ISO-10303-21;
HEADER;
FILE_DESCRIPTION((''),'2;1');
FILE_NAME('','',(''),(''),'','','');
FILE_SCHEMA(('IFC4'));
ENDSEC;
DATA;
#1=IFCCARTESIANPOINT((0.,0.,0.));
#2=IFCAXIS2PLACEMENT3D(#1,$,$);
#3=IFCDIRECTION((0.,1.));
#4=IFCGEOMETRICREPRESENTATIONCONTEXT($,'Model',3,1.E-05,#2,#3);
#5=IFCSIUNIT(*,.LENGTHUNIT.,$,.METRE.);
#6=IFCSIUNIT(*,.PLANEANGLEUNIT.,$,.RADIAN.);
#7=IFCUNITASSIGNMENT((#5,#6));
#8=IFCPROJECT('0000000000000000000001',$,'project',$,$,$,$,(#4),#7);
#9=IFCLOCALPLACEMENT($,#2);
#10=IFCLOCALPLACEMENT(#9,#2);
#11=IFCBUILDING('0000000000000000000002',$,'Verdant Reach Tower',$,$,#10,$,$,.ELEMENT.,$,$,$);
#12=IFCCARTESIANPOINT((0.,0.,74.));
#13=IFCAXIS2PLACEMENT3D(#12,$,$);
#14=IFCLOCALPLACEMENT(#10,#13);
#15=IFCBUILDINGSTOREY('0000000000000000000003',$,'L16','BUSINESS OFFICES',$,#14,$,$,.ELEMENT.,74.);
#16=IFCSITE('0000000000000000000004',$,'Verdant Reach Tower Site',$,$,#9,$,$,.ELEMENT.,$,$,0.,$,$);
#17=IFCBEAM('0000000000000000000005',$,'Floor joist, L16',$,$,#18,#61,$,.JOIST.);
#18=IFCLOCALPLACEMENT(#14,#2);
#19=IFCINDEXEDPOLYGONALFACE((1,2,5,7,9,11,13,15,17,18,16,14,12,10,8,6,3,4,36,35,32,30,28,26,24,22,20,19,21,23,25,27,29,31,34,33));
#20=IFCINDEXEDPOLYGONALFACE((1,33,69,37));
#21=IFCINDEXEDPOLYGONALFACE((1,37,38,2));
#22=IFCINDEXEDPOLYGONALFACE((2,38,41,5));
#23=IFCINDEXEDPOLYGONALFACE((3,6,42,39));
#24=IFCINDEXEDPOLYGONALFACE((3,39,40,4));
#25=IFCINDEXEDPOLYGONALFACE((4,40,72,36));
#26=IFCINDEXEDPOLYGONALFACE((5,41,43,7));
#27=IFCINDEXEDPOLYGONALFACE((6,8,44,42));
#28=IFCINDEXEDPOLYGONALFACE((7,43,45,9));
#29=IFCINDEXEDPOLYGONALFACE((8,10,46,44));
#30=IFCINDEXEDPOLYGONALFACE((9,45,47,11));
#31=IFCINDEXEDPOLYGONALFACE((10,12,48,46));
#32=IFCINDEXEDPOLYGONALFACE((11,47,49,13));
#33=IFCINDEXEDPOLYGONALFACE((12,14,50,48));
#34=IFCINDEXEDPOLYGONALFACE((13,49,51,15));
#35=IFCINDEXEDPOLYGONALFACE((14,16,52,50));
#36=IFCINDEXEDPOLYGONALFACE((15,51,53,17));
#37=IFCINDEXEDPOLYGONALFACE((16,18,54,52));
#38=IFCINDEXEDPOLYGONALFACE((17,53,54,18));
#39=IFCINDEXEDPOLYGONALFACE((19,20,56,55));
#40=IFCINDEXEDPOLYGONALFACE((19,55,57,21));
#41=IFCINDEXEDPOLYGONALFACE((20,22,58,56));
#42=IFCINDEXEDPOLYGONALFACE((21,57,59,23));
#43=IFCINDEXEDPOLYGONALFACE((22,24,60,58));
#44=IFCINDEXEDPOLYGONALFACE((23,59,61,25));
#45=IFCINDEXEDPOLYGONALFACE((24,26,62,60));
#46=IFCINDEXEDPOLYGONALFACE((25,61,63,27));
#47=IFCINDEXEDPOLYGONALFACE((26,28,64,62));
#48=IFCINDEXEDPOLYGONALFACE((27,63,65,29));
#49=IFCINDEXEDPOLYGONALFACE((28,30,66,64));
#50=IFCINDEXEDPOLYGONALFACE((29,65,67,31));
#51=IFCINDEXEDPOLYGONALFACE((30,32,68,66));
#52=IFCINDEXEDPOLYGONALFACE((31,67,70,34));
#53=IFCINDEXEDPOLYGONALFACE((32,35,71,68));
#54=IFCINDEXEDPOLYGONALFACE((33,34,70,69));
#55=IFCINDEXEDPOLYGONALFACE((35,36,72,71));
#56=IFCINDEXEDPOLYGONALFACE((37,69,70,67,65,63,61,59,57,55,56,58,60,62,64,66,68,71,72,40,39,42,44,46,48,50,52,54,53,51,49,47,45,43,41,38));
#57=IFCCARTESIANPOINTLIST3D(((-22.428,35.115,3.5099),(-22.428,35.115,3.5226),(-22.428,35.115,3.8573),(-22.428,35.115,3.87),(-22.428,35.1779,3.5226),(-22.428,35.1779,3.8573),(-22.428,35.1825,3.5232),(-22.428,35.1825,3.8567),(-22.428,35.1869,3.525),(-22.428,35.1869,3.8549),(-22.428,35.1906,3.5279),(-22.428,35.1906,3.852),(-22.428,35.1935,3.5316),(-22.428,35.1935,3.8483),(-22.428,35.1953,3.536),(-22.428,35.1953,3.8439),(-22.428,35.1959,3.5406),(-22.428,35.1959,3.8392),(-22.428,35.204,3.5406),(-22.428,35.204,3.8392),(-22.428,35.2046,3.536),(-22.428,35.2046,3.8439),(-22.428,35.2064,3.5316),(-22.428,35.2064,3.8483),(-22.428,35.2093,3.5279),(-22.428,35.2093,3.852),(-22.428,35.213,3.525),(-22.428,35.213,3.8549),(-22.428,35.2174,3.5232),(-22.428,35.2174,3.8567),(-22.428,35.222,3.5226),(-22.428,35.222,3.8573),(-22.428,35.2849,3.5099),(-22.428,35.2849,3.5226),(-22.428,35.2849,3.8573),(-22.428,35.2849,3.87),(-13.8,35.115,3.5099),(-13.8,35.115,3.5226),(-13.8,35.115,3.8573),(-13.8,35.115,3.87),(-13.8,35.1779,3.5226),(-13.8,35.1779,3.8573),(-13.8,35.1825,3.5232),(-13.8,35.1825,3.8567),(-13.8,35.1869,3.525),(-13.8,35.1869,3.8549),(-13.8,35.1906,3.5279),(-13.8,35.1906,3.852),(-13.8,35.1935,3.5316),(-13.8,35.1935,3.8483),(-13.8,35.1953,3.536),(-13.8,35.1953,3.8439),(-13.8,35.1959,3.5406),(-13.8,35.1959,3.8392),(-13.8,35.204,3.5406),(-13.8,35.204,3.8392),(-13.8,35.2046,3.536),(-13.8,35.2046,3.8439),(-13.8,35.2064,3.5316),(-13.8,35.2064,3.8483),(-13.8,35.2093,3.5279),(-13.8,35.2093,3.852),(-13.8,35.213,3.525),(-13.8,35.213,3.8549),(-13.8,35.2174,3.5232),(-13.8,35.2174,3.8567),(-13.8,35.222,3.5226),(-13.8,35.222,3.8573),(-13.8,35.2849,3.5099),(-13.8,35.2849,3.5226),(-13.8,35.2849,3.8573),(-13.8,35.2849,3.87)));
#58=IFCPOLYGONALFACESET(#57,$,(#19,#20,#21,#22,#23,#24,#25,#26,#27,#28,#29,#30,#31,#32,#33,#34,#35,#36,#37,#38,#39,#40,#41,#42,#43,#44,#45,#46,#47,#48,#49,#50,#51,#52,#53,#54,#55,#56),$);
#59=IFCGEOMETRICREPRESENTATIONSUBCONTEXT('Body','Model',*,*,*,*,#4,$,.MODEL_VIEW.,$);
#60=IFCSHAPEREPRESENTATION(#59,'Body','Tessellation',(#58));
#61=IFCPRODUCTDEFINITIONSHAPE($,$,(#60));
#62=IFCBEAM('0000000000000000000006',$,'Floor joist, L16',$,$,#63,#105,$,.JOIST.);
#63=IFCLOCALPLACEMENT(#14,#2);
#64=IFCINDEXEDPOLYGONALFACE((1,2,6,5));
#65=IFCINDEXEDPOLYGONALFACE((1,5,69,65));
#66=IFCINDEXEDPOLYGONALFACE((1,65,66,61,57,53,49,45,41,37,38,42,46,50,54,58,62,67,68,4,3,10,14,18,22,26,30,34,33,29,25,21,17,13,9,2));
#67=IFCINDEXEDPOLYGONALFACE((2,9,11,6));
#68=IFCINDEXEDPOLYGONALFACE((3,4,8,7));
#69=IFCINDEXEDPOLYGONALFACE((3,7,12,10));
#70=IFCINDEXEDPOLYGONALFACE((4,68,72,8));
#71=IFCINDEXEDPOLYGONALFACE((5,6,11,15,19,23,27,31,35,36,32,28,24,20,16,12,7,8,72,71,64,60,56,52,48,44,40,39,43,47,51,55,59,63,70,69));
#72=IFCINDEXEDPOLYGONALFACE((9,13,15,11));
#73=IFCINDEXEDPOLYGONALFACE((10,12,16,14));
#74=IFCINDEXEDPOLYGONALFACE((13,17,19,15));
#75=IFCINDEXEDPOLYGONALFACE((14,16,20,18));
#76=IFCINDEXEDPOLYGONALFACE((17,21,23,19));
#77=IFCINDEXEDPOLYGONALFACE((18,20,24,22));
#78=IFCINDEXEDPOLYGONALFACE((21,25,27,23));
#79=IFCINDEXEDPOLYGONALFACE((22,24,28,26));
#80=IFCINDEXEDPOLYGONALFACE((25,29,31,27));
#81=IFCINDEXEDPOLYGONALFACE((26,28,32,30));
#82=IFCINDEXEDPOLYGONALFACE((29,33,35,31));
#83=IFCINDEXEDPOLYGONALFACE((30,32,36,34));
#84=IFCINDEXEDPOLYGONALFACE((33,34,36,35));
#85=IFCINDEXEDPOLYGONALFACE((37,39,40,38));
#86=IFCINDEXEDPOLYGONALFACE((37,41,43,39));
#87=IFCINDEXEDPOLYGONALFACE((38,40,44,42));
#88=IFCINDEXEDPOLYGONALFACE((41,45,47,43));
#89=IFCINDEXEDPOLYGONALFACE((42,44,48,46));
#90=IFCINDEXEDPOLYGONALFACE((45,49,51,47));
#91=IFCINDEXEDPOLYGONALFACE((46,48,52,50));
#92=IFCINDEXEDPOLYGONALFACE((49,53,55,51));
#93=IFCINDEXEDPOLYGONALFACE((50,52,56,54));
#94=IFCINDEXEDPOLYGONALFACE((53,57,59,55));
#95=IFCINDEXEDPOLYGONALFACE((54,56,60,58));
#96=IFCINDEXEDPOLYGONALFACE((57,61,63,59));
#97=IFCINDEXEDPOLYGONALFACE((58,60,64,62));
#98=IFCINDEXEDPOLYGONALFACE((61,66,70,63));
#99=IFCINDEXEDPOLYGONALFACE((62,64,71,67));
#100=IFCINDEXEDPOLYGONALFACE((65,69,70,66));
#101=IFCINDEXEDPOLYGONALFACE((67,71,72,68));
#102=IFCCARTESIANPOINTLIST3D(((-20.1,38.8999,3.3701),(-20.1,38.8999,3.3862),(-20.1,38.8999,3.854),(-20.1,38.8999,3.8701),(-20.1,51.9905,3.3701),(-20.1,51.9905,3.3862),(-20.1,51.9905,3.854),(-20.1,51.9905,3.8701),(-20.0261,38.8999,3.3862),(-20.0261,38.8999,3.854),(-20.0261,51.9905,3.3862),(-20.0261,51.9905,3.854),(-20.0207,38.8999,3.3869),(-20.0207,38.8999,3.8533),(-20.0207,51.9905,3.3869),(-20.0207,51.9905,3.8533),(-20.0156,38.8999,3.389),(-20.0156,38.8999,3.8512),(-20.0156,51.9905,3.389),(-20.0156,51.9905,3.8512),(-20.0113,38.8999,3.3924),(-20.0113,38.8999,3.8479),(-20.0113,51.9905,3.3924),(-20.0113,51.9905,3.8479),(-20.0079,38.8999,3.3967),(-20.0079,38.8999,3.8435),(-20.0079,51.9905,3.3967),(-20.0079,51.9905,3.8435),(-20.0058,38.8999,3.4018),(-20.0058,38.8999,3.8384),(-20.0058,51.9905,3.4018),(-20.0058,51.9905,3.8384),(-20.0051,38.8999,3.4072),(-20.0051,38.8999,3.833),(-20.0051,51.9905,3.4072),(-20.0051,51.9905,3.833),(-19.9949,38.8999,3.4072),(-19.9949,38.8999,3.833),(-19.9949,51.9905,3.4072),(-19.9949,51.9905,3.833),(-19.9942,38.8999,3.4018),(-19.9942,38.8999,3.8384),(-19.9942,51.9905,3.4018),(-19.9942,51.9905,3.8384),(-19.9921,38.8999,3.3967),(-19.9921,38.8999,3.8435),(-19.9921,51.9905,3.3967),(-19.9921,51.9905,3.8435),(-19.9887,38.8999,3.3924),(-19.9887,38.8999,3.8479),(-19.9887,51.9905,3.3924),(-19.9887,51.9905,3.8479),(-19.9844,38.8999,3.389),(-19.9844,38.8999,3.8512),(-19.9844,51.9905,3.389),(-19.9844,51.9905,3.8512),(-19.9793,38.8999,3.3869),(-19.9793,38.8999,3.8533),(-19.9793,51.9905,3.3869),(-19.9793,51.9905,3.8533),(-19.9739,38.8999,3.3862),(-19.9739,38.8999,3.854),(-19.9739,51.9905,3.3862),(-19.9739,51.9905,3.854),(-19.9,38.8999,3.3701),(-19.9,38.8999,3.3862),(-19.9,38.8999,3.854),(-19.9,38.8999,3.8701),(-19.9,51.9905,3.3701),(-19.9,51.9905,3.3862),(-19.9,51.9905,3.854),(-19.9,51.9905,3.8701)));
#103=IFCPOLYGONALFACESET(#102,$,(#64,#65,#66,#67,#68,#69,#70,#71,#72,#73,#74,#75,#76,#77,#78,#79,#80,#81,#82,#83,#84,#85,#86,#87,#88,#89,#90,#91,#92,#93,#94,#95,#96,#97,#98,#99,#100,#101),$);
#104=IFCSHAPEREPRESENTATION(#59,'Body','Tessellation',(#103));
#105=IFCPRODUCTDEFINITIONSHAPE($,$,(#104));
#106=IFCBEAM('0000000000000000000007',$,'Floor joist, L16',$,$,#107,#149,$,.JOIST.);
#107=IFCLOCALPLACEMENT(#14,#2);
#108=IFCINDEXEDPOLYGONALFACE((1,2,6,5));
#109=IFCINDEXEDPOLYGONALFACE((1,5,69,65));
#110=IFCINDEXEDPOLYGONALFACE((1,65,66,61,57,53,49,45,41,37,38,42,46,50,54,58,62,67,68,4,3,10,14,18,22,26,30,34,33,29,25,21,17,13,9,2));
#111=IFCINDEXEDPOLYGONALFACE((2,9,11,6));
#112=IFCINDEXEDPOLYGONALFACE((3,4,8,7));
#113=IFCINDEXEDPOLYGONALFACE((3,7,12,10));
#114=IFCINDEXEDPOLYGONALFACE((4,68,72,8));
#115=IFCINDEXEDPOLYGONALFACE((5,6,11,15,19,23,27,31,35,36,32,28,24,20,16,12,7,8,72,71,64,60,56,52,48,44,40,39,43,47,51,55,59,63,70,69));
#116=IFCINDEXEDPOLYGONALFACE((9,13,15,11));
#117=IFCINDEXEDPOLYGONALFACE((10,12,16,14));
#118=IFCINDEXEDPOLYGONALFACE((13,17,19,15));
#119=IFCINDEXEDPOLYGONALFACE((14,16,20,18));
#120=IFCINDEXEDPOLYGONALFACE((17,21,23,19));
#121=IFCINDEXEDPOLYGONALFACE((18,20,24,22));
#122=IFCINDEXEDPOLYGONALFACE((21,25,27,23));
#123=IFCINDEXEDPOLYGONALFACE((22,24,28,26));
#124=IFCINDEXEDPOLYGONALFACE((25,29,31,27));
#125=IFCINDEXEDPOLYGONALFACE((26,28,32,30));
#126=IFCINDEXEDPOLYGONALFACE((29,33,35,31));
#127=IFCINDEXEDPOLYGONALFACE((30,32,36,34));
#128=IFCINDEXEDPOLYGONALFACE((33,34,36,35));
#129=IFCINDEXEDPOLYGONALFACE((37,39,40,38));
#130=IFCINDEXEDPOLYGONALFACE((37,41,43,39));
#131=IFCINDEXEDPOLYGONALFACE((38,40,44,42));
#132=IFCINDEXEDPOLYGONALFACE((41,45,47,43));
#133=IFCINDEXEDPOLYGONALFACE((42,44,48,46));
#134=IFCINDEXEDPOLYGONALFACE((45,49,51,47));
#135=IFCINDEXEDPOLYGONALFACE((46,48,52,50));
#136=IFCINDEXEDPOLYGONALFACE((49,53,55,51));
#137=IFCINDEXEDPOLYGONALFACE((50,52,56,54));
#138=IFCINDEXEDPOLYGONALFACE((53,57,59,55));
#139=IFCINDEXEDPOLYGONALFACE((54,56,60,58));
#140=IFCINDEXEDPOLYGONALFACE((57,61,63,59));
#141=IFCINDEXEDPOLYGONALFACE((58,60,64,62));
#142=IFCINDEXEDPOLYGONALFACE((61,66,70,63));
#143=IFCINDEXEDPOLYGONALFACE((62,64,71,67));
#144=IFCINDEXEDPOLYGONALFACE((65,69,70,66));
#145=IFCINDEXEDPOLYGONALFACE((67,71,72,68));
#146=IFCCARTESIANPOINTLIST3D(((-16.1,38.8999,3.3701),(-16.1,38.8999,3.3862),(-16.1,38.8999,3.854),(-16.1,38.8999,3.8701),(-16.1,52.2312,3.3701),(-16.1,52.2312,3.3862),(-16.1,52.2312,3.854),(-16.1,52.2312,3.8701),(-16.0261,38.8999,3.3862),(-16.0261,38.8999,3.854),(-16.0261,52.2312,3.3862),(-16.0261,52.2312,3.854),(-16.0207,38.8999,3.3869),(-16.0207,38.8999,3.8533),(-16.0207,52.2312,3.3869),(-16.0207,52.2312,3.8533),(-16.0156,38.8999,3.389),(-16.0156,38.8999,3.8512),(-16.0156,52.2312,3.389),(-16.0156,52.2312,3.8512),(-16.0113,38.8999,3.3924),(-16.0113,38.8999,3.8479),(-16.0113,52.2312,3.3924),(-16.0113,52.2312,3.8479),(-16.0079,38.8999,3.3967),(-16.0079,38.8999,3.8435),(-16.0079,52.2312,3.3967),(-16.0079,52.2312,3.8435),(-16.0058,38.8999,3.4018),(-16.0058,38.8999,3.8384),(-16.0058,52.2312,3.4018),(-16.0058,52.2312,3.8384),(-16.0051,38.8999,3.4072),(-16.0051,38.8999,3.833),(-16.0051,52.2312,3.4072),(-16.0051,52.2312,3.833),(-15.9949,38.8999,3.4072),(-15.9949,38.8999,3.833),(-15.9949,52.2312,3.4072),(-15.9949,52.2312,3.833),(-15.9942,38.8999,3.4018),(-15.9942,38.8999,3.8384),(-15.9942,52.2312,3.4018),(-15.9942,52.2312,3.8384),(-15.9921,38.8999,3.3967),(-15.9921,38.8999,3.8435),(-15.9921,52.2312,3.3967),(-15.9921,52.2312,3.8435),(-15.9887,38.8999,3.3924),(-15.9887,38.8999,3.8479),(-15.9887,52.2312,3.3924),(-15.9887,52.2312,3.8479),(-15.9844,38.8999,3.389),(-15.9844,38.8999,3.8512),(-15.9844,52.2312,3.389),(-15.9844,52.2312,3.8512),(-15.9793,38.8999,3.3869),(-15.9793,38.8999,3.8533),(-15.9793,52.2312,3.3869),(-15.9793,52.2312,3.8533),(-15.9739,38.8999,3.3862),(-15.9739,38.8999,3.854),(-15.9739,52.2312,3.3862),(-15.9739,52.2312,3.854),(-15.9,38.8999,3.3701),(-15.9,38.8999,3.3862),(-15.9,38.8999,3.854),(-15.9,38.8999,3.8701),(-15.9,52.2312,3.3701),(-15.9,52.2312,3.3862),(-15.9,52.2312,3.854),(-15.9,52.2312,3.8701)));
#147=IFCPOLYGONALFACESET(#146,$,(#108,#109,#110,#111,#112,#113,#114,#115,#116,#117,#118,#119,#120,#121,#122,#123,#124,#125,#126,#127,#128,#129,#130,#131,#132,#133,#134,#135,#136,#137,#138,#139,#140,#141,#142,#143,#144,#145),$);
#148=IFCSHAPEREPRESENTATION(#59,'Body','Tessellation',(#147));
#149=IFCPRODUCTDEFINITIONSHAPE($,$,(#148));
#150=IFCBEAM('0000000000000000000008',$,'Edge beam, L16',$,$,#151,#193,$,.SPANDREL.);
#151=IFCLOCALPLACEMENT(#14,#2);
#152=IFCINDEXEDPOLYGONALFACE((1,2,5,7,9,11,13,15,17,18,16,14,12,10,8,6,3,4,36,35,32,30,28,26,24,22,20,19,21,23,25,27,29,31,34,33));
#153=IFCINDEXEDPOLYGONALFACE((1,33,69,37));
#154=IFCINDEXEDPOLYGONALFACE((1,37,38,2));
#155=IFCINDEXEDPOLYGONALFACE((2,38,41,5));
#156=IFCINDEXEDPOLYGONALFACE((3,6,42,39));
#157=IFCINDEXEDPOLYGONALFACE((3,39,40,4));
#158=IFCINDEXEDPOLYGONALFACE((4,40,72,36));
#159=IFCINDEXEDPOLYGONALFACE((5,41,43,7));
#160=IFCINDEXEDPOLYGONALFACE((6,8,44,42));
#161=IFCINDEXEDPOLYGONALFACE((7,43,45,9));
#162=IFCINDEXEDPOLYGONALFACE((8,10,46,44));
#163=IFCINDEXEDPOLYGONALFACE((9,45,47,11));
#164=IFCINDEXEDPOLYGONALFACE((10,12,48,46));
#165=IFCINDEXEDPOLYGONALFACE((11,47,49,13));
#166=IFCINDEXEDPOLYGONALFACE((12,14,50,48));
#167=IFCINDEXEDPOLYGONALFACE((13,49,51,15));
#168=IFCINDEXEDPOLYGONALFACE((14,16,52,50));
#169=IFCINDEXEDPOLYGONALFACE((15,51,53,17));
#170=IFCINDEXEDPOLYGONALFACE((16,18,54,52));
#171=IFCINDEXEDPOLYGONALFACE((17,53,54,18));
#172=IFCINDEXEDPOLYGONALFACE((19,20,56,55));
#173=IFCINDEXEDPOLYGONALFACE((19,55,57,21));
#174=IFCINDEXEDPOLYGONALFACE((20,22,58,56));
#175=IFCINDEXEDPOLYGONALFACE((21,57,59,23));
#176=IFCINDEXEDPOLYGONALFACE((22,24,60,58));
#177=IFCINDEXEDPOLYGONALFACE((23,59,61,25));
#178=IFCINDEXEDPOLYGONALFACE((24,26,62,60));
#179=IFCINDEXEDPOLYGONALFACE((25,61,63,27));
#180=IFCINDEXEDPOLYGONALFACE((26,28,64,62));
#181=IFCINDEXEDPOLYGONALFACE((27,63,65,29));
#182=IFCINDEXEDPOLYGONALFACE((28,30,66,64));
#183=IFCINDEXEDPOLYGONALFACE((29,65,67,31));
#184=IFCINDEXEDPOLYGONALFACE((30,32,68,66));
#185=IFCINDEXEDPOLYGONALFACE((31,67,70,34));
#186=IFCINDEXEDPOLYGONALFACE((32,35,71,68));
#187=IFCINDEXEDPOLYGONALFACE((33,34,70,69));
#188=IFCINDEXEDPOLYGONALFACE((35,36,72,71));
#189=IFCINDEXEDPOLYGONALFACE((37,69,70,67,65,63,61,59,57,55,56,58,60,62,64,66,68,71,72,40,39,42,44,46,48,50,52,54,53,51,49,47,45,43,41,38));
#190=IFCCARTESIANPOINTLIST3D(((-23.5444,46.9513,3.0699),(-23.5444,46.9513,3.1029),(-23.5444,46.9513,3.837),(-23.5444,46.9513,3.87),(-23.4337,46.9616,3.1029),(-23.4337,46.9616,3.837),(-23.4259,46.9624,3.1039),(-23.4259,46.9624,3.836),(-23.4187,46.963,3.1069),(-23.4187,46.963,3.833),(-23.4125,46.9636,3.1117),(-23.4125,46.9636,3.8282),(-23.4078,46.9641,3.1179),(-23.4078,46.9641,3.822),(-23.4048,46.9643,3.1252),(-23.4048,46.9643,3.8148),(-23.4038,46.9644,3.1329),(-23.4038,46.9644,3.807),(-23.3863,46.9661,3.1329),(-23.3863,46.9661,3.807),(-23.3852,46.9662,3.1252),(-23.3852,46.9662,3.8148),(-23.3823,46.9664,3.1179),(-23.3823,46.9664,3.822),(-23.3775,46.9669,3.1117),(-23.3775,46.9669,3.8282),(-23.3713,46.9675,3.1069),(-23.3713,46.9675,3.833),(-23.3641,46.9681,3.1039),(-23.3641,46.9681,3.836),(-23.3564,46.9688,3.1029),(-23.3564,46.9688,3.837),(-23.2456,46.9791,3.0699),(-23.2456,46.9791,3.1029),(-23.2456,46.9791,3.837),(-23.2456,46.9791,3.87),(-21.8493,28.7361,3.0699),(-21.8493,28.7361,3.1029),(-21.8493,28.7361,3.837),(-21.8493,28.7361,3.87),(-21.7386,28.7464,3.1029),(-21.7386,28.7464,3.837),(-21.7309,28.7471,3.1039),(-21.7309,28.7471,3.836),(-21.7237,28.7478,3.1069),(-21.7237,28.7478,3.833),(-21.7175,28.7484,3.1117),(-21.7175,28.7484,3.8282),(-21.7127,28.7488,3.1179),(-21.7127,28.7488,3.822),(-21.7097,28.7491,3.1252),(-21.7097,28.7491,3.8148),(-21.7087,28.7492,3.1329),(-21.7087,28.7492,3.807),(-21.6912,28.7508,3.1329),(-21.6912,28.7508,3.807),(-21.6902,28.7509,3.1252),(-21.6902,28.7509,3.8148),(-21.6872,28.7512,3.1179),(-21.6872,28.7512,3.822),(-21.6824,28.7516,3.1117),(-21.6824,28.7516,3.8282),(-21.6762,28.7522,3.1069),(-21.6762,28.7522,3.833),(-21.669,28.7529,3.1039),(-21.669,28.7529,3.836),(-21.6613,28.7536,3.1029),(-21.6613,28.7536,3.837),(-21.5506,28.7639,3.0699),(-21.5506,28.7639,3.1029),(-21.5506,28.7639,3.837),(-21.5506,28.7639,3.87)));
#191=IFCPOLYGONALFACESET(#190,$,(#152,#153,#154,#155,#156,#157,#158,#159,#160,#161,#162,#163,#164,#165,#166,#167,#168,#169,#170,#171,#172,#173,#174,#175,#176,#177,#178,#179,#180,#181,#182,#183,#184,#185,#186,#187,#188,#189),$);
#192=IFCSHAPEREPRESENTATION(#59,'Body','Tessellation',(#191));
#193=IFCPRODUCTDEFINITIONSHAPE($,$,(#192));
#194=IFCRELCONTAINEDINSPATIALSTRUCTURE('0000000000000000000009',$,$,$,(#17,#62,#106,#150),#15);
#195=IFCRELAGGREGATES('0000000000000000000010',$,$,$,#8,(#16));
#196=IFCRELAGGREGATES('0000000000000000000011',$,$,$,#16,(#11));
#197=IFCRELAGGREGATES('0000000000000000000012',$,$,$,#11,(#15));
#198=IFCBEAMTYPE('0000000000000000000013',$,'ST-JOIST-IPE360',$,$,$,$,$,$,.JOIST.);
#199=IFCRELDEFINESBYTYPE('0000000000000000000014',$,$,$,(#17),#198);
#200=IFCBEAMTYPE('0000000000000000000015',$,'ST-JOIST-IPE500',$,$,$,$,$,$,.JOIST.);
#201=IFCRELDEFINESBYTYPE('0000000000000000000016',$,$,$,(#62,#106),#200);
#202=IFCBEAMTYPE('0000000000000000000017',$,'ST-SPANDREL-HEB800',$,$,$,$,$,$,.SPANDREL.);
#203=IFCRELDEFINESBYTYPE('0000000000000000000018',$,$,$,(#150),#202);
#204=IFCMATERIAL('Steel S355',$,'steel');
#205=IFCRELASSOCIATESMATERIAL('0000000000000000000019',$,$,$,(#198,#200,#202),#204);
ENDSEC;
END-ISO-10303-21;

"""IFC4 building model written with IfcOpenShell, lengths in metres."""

from ifc_helpers import new_model, si_unit, direction, frame, origin, origin_2d, place, context, subcontext, project, spatial, i_section, extrude, material, material_profile, profile_set, type_object, element, save


model = new_model("IFC4")

# Units and contexts
model_context = context("Model", 3, precision=1e-05, world=origin(), true_north=direction((0.0, 1.0)))
body_context = subcontext(model_context, "Body", "Model", "MODEL_VIEW")
ifc_project = project(units=[si_unit("LENGTHUNIT", "METRE"), si_unit("PLANEANGLEUNIT", "RADIAN")], contexts=[model_context])

# Site, building, storey
site_placement = place(None, origin())
site = spatial("IfcSite", under=ifc_project, at=site_placement, Name="Verdant Reach Tower Site", CompositionType="ELEMENT", RefElevation=0.0)
building_placement = place(site_placement, origin())
building = spatial("IfcBuilding", under=site, at=building_placement, Name="Verdant Reach Tower", CompositionType="ELEMENT")
storey_placement = place(building_placement, frame((0.0, 0.0, 74.0)))
storey = spatial("IfcBuildingStorey", under=building, at=storey_placement, Name="L16", Description="BUSINESS OFFICES", CompositionType="ELEMENT", Elevation=74.0)

# Beams
ifc_material_1 = material(Name="Steel S355", Category="steel")
ifc_material_profile_1 = material_profile(ifc_material_1, i_section(OverallWidth=0.1699, OverallDepth=0.3601, WebThickness=0.0081, FlangeThickness=0.0127, FilletRadius=0.0181, at=origin_2d()), Name="IPE 360")
ifc_profile_set_1 = profile_set([ifc_material_profile_1], Name="Steel S355")
beam_type_1 = type_object("IfcBeamType", Name="ST-JOIST-IPE360", PredefinedType="JOIST", material=ifc_profile_set_1)
beam_1_placement = place(storey_placement, frame((-13.8, 35.2, 3.6899), z_axis=(-1.0, 0.0, 0.0), x_axis=(0.0, -1.0, 0.0)))
element("IfcBeam", 1, at=beam_1_placement, inside=storey, type_object=beam_type_1, Name="Floor joist, L16", PredefinedType="JOIST", context=body_context, shape_type="SweptSolid", body=[
    extrude(i_section(OverallWidth=0.1699, OverallDepth=0.3601, WebThickness=0.0081, FlangeThickness=0.0127, FilletRadius=0.0181, at=origin_2d()), origin(), (0.0, 0.0, 1.0), 8.6279),
])
ifc_material_profile_2 = material_profile(ifc_material_1, i_section(OverallWidth=0.2, OverallDepth=0.5, WebThickness=0.0103, FlangeThickness=0.0161, FilletRadius=0.021, at=origin_2d()), Name="IPE 500")
ifc_profile_set_2 = profile_set([ifc_material_profile_2], Name="Steel S355")
beam_type_2 = type_object("IfcBeamType", Name="ST-JOIST-IPE500", PredefinedType="JOIST", material=ifc_profile_set_2)
beam_2_placement = place(storey_placement, frame((-20.0, 38.8999, 3.6201), z_axis=(0.0, 1.0, 0.0), x_axis=(-1.0, 0.0, 0.0)))
element("IfcBeam", 2, at=beam_2_placement, inside=storey, type_object=beam_type_2, Name="Floor joist, L16", PredefinedType="JOIST", context=body_context, shape_type="SweptSolid", body=[
    extrude(i_section(OverallWidth=0.2, OverallDepth=0.5, WebThickness=0.0103, FlangeThickness=0.0161, FilletRadius=0.021, at=origin_2d()), origin(), (0.0, 0.0, 1.0), 13.0906),
])
beam_3_placement = place(storey_placement, frame((-16.0, 38.8999, 3.6201), z_axis=(0.0, 1.0, 0.0), x_axis=(-1.0, 0.0, 0.0)))
element("IfcBeam", 3, at=beam_3_placement, inside=storey, type_object=beam_type_2, Name="Floor joist, L16", PredefinedType="JOIST", context=body_context, shape_type="SweptSolid", body=[
    extrude(i_section(OverallWidth=0.2, OverallDepth=0.5, WebThickness=0.0103, FlangeThickness=0.0161, FilletRadius=0.021, at=origin_2d()), origin(), (0.0, 0.0, 1.0), 13.3313),
])
ifc_material_profile_3 = material_profile(ifc_material_1, i_section(OverallWidth=0.3, OverallDepth=0.8, WebThickness=0.0176, FlangeThickness=0.033, FilletRadius=0.03, at=origin_2d()), Name="HEB 800")
ifc_profile_set_3 = profile_set([ifc_material_profile_3], Name="Steel S355")
beam_type_3 = type_object("IfcBeamType", Name="ST-SPANDREL-HEB800", PredefinedType="SPANDREL", material=ifc_profile_set_3)
beam_4_placement = place(storey_placement, frame((-21.7, 28.75, 3.47), z_axis=(-0.092657, 0.995698, 0.0), x_axis=(-0.995698, -0.092657, 0.0)))
element("IfcBeam", 4, at=beam_4_placement, inside=storey, type_object=beam_type_3, Name="Edge beam, L16", PredefinedType="SPANDREL", context=body_context, shape_type="SweptSolid", body=[
    extrude(i_section(OverallWidth=0.3, OverallDepth=0.8, WebThickness=0.0176, FlangeThickness=0.033, FilletRadius=0.03, at=origin_2d()), origin(), (0.0, 0.0, 1.0), 18.2939),
])

save(model, "model.ifc")
